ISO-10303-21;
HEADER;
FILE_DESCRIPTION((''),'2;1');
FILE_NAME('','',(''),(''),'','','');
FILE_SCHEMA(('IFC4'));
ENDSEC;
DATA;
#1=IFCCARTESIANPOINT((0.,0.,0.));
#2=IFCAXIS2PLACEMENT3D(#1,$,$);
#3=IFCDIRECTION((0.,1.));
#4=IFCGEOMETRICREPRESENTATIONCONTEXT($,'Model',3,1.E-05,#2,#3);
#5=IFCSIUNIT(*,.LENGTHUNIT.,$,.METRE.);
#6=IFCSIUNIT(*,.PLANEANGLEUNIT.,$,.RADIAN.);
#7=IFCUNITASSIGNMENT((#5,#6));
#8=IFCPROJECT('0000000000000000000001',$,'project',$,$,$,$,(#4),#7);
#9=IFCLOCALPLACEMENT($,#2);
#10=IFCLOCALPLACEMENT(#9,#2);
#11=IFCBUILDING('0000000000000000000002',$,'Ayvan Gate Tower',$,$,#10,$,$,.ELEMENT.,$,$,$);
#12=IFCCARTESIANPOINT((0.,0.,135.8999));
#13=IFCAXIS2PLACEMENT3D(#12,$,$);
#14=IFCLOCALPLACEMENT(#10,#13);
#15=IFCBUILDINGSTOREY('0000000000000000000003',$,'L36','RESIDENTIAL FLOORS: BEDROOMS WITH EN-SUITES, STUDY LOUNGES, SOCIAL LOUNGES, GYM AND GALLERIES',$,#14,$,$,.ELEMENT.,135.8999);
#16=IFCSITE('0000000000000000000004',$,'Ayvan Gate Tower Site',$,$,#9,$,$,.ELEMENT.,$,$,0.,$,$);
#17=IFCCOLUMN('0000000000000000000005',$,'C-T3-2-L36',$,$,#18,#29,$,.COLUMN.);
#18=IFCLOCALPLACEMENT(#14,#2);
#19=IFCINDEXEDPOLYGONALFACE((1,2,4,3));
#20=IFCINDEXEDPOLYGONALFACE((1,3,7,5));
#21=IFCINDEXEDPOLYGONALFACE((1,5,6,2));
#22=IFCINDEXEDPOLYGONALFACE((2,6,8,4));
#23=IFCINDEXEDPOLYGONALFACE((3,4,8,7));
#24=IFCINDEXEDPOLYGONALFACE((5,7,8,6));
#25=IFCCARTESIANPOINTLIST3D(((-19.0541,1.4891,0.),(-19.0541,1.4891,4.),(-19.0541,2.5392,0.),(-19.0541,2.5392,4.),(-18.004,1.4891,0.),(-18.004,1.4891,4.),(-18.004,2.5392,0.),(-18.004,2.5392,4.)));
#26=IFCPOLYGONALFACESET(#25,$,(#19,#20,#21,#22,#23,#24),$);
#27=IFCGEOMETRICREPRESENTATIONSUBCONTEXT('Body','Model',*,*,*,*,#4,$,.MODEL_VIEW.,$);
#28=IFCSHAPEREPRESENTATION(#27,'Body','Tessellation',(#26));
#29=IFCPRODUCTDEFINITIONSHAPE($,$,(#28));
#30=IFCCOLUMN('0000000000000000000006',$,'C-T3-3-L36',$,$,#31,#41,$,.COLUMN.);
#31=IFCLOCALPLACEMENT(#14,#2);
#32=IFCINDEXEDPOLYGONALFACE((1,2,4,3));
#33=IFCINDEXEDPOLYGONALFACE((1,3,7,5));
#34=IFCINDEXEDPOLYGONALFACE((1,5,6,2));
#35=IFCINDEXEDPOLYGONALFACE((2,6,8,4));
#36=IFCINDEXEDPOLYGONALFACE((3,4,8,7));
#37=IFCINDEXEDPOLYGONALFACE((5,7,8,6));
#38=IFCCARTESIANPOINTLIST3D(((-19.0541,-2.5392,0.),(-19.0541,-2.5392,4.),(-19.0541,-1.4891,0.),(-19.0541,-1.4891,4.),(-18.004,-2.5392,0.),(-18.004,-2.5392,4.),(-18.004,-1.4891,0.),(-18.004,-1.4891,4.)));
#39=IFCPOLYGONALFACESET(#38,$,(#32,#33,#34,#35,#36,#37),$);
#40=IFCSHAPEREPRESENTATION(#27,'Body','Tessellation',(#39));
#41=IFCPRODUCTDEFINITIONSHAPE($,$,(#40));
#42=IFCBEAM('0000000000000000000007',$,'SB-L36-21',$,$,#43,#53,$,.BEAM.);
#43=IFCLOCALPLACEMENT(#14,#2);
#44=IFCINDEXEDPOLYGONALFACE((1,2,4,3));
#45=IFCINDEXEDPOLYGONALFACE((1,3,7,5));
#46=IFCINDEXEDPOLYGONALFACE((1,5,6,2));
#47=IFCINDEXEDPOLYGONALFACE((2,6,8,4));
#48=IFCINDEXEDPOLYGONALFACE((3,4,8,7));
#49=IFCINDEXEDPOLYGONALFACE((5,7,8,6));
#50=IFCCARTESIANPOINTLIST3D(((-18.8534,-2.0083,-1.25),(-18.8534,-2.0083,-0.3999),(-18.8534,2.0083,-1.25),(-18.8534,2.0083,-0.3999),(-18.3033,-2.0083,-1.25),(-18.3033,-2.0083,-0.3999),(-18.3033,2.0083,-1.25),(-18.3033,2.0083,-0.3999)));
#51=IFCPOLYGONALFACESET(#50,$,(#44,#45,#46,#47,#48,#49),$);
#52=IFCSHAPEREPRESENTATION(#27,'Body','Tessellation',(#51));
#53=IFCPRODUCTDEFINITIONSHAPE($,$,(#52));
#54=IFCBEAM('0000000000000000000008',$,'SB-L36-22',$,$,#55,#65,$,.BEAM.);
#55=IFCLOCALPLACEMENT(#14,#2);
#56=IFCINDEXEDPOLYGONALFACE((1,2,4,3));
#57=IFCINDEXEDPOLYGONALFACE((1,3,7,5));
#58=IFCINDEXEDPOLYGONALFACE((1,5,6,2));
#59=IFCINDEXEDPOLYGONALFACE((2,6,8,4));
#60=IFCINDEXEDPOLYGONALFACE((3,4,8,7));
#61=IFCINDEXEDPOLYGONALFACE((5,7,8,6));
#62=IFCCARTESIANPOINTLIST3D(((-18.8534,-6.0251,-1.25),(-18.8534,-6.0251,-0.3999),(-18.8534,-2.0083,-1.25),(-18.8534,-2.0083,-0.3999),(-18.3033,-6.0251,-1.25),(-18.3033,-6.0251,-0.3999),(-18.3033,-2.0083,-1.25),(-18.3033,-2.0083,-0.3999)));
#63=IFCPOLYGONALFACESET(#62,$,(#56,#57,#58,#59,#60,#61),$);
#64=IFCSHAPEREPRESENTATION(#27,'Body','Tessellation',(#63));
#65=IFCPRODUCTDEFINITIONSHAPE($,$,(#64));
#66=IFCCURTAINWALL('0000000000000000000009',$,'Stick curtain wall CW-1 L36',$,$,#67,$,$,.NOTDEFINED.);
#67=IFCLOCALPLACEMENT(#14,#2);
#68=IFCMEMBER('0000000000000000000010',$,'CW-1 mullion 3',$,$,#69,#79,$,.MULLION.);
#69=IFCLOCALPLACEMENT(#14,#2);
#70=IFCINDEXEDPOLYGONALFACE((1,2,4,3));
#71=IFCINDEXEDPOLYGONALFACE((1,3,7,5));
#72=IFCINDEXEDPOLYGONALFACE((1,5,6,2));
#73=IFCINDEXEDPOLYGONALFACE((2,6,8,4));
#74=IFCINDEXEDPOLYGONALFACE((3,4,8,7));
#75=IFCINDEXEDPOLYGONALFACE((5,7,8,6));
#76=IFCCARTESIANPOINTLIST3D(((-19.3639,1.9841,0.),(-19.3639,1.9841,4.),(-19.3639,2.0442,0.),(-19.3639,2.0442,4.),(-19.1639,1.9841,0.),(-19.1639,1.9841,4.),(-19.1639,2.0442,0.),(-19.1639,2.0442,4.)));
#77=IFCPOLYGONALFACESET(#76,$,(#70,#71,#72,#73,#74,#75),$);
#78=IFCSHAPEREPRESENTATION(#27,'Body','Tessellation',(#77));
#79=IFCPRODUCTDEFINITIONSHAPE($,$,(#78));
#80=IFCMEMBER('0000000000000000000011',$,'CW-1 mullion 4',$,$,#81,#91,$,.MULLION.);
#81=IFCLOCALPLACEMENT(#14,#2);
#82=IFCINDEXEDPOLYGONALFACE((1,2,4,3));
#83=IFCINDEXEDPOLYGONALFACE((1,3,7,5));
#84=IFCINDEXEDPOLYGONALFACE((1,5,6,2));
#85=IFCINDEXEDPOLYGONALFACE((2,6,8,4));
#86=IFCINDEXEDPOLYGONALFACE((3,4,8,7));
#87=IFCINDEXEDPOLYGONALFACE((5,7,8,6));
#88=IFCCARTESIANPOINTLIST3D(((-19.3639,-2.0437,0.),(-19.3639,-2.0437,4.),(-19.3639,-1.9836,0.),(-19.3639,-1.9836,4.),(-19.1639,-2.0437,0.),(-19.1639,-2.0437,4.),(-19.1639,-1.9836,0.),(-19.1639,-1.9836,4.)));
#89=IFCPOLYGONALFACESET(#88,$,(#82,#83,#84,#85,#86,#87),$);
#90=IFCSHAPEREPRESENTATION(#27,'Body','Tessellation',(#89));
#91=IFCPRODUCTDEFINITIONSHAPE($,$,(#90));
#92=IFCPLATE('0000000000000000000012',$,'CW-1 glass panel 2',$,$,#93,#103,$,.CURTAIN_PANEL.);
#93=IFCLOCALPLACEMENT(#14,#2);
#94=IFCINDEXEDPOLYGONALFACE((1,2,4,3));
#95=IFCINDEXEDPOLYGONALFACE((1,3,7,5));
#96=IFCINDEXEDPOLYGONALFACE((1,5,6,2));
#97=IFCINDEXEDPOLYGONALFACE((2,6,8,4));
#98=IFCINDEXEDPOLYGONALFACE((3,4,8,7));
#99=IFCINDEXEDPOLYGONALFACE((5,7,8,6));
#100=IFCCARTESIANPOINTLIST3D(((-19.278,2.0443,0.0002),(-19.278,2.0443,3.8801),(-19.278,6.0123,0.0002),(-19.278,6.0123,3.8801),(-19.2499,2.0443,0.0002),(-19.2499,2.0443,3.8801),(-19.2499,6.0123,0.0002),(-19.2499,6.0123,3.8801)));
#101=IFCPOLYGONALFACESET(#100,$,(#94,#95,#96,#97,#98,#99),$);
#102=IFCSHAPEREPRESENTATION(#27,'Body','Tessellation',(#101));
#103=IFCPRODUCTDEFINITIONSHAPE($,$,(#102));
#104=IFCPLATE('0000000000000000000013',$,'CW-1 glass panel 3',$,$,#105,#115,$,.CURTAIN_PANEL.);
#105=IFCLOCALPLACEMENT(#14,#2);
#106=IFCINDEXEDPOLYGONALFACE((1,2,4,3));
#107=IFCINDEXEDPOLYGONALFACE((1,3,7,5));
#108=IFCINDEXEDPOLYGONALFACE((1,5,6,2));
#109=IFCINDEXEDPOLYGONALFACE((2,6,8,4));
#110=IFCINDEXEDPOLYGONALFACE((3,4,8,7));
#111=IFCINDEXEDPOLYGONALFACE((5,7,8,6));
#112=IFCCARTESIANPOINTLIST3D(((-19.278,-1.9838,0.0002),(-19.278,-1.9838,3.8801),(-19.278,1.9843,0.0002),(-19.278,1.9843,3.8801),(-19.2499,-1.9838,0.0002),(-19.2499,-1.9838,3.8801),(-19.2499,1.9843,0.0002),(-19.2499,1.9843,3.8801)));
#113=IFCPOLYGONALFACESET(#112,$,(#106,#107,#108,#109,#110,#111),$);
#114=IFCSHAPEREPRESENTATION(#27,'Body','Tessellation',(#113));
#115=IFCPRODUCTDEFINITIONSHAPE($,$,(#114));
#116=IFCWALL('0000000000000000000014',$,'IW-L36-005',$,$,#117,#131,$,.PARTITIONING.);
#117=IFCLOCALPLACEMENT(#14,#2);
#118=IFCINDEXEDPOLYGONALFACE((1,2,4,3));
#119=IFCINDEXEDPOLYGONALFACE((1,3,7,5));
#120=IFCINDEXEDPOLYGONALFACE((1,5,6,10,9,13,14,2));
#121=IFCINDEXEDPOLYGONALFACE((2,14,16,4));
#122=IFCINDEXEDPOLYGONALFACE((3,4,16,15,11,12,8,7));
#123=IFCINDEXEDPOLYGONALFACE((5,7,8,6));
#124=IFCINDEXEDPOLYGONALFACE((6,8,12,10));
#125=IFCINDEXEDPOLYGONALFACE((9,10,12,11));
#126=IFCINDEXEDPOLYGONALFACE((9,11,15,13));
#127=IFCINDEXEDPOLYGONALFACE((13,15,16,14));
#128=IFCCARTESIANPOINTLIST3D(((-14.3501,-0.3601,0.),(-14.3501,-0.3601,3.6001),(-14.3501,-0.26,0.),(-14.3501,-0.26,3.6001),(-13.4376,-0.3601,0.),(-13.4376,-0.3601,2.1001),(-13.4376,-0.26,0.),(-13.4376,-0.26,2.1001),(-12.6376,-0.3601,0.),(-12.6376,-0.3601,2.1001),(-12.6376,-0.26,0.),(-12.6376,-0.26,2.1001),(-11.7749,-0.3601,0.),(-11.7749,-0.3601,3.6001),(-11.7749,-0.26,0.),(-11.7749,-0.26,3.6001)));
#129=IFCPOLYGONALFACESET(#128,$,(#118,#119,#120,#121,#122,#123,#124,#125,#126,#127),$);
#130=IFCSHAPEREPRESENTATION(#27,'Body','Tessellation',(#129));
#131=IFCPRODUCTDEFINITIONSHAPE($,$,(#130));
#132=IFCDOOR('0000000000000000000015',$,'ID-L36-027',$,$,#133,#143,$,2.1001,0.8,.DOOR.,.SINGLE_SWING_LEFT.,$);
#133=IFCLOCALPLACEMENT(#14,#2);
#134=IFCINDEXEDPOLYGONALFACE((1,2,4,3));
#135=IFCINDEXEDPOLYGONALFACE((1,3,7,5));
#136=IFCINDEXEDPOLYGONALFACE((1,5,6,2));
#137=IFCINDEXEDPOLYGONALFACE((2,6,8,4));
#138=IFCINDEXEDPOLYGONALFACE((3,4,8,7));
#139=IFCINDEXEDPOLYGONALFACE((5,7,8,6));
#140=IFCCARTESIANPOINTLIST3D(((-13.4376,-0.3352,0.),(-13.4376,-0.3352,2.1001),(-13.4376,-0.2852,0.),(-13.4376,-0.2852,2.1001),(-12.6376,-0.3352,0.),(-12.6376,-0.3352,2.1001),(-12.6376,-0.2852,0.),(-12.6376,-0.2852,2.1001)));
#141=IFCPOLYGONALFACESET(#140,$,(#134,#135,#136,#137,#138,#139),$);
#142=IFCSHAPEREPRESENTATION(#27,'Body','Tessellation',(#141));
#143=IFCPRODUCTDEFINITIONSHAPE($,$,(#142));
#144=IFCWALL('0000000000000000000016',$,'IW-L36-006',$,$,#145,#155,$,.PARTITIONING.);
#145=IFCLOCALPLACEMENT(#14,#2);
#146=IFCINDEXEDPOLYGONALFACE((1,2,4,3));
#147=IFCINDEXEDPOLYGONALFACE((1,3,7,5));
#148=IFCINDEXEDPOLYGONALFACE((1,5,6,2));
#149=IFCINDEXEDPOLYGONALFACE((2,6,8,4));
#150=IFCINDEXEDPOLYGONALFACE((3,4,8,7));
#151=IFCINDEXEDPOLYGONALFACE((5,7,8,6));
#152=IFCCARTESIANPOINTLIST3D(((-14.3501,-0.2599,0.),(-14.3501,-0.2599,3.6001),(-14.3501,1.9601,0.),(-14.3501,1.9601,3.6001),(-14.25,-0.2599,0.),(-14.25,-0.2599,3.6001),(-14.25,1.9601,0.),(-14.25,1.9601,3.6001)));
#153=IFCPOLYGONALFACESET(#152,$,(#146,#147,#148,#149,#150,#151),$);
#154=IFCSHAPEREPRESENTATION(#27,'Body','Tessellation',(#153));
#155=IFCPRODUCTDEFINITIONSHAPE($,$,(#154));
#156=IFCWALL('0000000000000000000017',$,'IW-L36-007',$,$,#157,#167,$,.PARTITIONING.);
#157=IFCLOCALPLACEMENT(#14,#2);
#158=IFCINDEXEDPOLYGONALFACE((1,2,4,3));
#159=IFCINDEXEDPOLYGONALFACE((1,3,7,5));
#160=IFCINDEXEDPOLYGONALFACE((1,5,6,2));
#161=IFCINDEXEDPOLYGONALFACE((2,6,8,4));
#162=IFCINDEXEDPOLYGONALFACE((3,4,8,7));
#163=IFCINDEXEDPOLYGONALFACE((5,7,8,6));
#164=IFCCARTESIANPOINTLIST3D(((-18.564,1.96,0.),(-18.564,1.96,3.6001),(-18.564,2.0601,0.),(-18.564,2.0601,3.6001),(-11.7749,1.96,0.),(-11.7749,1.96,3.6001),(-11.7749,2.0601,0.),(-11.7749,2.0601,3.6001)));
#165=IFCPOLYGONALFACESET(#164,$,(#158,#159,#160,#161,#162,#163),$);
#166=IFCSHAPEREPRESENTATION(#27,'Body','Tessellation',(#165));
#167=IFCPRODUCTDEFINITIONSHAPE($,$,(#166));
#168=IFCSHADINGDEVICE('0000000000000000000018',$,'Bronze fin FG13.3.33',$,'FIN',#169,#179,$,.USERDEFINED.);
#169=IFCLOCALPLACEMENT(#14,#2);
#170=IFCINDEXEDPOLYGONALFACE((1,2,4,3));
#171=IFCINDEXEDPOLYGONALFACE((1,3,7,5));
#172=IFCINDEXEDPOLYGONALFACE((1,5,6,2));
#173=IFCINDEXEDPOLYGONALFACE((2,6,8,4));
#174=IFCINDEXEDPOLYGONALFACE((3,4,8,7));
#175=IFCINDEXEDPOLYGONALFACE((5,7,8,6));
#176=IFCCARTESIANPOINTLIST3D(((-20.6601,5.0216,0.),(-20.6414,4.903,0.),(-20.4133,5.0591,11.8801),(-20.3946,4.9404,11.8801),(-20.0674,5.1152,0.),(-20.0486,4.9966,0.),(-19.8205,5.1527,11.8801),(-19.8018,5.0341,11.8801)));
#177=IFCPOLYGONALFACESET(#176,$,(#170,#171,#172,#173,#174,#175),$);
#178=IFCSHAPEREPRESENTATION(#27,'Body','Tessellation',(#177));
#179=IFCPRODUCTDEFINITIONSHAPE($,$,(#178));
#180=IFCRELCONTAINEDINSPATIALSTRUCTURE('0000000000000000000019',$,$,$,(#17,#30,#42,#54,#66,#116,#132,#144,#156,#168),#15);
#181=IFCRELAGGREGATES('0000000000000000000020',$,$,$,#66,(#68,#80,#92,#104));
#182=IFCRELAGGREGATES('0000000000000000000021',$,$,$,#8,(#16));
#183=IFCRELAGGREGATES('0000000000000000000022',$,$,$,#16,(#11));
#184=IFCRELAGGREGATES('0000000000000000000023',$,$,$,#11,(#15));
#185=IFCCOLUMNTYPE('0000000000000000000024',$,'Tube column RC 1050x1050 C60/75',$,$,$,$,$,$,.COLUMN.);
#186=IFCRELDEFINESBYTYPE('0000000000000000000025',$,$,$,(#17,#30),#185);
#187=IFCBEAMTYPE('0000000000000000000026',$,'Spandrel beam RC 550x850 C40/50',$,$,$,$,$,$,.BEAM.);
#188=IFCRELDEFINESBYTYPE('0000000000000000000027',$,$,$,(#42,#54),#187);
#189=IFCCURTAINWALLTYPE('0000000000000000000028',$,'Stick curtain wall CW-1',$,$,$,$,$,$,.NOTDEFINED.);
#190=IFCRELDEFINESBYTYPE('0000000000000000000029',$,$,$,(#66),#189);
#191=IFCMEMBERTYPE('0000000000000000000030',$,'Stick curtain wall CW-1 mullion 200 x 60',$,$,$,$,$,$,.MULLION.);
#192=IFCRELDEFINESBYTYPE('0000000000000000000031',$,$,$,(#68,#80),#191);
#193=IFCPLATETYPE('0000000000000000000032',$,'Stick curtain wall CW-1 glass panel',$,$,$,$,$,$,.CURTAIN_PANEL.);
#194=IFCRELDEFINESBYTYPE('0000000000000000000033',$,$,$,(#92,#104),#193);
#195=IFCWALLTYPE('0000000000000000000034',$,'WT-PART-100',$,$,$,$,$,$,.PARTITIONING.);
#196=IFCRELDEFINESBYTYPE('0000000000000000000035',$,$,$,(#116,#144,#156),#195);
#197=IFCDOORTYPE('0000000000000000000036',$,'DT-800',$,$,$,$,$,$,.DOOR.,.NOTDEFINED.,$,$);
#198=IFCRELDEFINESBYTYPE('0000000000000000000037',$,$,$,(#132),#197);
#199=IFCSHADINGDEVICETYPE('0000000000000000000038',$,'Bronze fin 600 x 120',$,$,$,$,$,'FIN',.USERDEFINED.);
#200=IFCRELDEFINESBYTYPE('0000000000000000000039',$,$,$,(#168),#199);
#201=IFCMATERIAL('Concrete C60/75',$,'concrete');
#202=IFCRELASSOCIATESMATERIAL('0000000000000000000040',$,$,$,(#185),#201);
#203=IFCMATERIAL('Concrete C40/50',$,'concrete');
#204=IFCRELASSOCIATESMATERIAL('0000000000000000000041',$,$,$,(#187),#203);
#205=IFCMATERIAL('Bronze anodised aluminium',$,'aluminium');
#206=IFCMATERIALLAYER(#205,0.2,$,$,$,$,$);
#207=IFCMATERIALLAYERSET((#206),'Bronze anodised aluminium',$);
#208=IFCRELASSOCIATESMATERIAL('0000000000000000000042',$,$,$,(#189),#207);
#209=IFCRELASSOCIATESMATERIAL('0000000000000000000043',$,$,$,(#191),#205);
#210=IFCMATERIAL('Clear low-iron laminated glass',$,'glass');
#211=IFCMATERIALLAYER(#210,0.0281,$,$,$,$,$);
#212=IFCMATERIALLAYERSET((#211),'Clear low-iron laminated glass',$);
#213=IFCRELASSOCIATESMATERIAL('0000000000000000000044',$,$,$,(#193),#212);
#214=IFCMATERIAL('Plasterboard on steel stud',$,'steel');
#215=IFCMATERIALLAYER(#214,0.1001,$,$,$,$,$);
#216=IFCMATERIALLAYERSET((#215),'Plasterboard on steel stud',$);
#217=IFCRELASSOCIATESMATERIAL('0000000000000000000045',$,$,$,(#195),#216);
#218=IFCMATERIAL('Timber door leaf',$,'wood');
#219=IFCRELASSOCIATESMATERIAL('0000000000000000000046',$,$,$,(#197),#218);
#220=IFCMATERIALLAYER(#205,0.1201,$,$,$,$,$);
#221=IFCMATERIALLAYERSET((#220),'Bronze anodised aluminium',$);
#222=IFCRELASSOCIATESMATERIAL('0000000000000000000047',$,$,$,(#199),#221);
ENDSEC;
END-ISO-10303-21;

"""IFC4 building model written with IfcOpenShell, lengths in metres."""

from ifc_helpers import new_model, si_unit, direction, frame, frame_2d, origin, origin_2d, place, context, subcontext, project, spatial, polyline, rectangle, outline, extrude, material, layer, layer_set, material_profile, profile_set, type_object, element, fill, aggregate, save


model = new_model("IFC4")

# Units and contexts
model_context = context("Model", 3, precision=1e-05, world=origin(), true_north=direction((0.0, 1.0)))
body_context = subcontext(model_context, "Body", "Model", "MODEL_VIEW")
ifc_project = project(units=[si_unit("LENGTHUNIT", "METRE"), si_unit("PLANEANGLEUNIT", "RADIAN")], contexts=[model_context])

# Site, building, storey
site_placement = place(None, origin())
site = spatial("IfcSite", under=ifc_project, at=site_placement, Name="Ayvan Gate Tower Site", CompositionType="ELEMENT", RefElevation=0.0)
building_placement = place(site_placement, origin())
building = spatial("IfcBuilding", under=site, at=building_placement, Name="Ayvan Gate Tower", CompositionType="ELEMENT")
storey_placement = place(building_placement, frame((0.0, 0.0, 135.8999)))
storey = spatial("IfcBuildingStorey", under=building, at=storey_placement, Name="L36", Description="RESIDENTIAL FLOORS: BEDROOMS WITH EN-SUITES, STUDY LOUNGES, SOCIAL LOUNGES, GYM AND GALLERIES", CompositionType="ELEMENT", Elevation=135.8999)

# Columns
ifc_material_1 = material(Name="Concrete C60/75", Category="concrete")
ifc_material_profile_1 = material_profile(ifc_material_1, rectangle(XDim=1.05, YDim=1.05, at=origin_2d()), Name="RC 1050x1050")
ifc_profile_set_1 = profile_set([ifc_material_profile_1], Name="Concrete C60/75")
column_type = type_object("IfcColumnType", Name="Tube column RC 1050x1050 C60/75", PredefinedType="COLUMN", material=ifc_profile_set_1)
for number, where, z_axis, x_axis, name in (
    (1, (-18.5291, 2.0142, 0.0), (0.0, 0.0, 1.0), (-1.0, 0.0, 0.0), "C-T3-2-L36"),
    (2, (-18.5291, -2.0142, 0.0), (0.0, 0.0, 1.0), (-1.0, 0.0, 0.0), "C-T3-3-L36"),
):
    element("IfcColumn", number, at=place(storey_placement, frame(where, z_axis=z_axis, x_axis=x_axis)), inside=storey, type_object=column_type, Name=name, PredefinedType="COLUMN", context=body_context, shape_type="SweptSolid", body=[
        extrude(rectangle(XDim=1.05, YDim=1.05, at=origin_2d()), origin(), (0.0, 0.0, 1.0), 4.0),
    ])

# Beams
ifc_material_2 = material(Name="Concrete C40/50", Category="concrete")
ifc_material_profile_2 = material_profile(ifc_material_2, rectangle(XDim=0.55, YDim=0.8501, at=origin_2d()), Name="RC 550x850")
ifc_profile_set_2 = profile_set([ifc_material_profile_2], Name="Concrete C40/50")
beam_type = type_object("IfcBeamType", Name="Spandrel beam RC 550x850 C40/50", PredefinedType="BEAM", material=ifc_profile_set_2)
beam_1_placement = place(storey_placement, frame((-18.5784, 2.0083, -0.825), z_axis=(0.0, -1.0, 0.0), x_axis=(1.0, 0.0, 0.0)))
element("IfcBeam", 3, at=beam_1_placement, inside=storey, type_object=beam_type, Name="SB-L36-21", PredefinedType="BEAM", context=body_context, shape_type="SweptSolid", body=[
    extrude(rectangle(XDim=0.55, YDim=0.8501, at=origin_2d()), origin(), (0.0, 0.0, 1.0), 4.0166),
])
beam_2_placement = place(storey_placement, frame((-18.5784, -2.0083, -0.825), z_axis=(0.0, -1.0, 0.0), x_axis=(1.0, 0.0, 0.0)))
element("IfcBeam", 4, at=beam_2_placement, inside=storey, type_object=beam_type, Name="SB-L36-22", PredefinedType="BEAM", context=body_context, shape_type="SweptSolid", body=[
    extrude(rectangle(XDim=0.55, YDim=0.8501, at=origin_2d()), origin(), (0.0, 0.0, 1.0), 4.0168),
])

# Curtain wall, members, plates
ifc_material_3 = material(Name="Bronze anodised aluminium", Category="aluminium")
ifc_layer_1 = layer(ifc_material_3, 0.2)
ifc_layer_set_1 = layer_set([ifc_layer_1], Name="Bronze anodised aluminium")
curtain_wall_type = type_object("IfcCurtainWallType", Name="Stick curtain wall CW-1", PredefinedType="NOTDEFINED", material=ifc_layer_set_1)
curtain_wall_placement = place(storey_placement, origin())
curtain_wall = element("IfcCurtainWall", 5, at=curtain_wall_placement, inside=storey, type_object=curtain_wall_type, Name="Stick curtain wall CW-1 L36", PredefinedType="NOTDEFINED")
ifc_material_profile_3 = material_profile(ifc_material_3, rectangle(XDim=0.2, YDim=0.0601, at=origin_2d()), Name="Stick curtain wall CW-1 mullion 200 x 60")
ifc_profile_set_3 = profile_set([ifc_material_profile_3], Name="Bronze anodised aluminium")
member_type = type_object("IfcMemberType", Name="Stick curtain wall CW-1 mullion 200 x 60", PredefinedType="MULLION", material=ifc_profile_set_3)
member_1_placement = place(storey_placement, frame((-19.2639, 2.0142, 0.0), z_axis=(0.0, 0.0, 1.0), x_axis=(-1.0, 0.0, 0.0)))
member_1 = element("IfcMember", 6, at=member_1_placement, type_object=member_type, Name="CW-1 mullion 3", PredefinedType="MULLION", context=body_context, shape_type="SweptSolid", body=[
    extrude(rectangle(XDim=0.2, YDim=0.0601, at=origin_2d()), origin(), (0.0, 0.0, 1.0), 4.0),
])
member_2_placement = place(storey_placement, frame((-19.2639, -2.0137, 0.0), z_axis=(0.0, 0.0, 1.0), x_axis=(-1.0, 0.0, 0.0)))
member_2 = element("IfcMember", 7, at=member_2_placement, type_object=member_type, Name="CW-1 mullion 4", PredefinedType="MULLION", context=body_context, shape_type="SweptSolid", body=[
    extrude(rectangle(XDim=0.2, YDim=0.0601, at=origin_2d()), origin(), (0.0, 0.0, 1.0), 4.0),
])
ifc_material_4 = material(Name="Clear low-iron laminated glass", Category="glass")
ifc_layer_2 = layer(ifc_material_4, 0.0281)
ifc_layer_set_2 = layer_set([ifc_layer_2], Name="Clear low-iron laminated glass")
plate_type = type_object("IfcPlateType", Name="Stick curtain wall CW-1 glass panel", PredefinedType="CURTAIN_PANEL", material=ifc_layer_set_2)
plate_1_placement = place(storey_placement, frame((-19.2639, 4.0283, 0.0002), z_axis=(0.0, 0.0, 1.0), x_axis=(0.0, -1.0, 0.0)))
plate_1 = element("IfcPlate", 8, at=plate_1_placement, type_object=plate_type, Name="CW-1 glass panel 2", PredefinedType="CURTAIN_PANEL", context=body_context, shape_type="SweptSolid", body=[
    extrude(rectangle(XDim=3.968, YDim=0.0281, at=origin_2d()), origin(), (0.0, 0.0, 1.0), 3.8799),
])
plate_2_placement = place(storey_placement, frame((-19.2639, 0.0002, 0.0002), z_axis=(0.0, 0.0, 1.0), x_axis=(0.0, -1.0, 0.0)))
plate_2 = element("IfcPlate", 9, at=plate_2_placement, type_object=plate_type, Name="CW-1 glass panel 3", PredefinedType="CURTAIN_PANEL", context=body_context, shape_type="SweptSolid", body=[
    extrude(rectangle(XDim=3.968, YDim=0.0281, at=origin_2d()), origin(), (0.0, 0.0, 1.0), 3.8799),
])
aggregate(curtain_wall, [member_1, member_2, plate_1, plate_2])

# Wall, opening, door
ifc_material_5 = material(Name="Plasterboard on steel stud", Category="steel")
ifc_layer_3 = layer(ifc_material_5, 0.1001)
ifc_layer_set_3 = layer_set([ifc_layer_3], Name="Plasterboard on steel stud")
wall_type = type_object("IfcWallType", Name="WT-PART-100", PredefinedType="PARTITIONING", material=ifc_layer_set_3)
wall_1_placement = place(storey_placement, frame((-14.3501, -0.3101, 0.0), z_axis=(0.0, 0.0, 1.0), x_axis=(1.0, 0.0, 0.0)))
wall_1 = element("IfcWall", 10, at=wall_1_placement, inside=storey, type_object=wall_type, Name="IW-L36-005", PredefinedType="PARTITIONING", context=body_context, shape_type="SweptSolid", body=[
    extrude(rectangle(XDim=2.5752, YDim=0.1001, at=frame_2d((1.2876, 0.0))), origin(), (0.0, 0.0, 1.0), 3.6001),
])
opening_placement = place(wall_1_placement, frame((0.9126, 0.0, 0.0)))
opening = element("IfcOpeningElement", 11, at=opening_placement, cuts=wall_1, PredefinedType="OPENING", context=body_context, shape_type="SweptSolid", body=[
    extrude(rectangle(XDim=0.8, YDim=2.1001, at=frame_2d((0.3999, 1.05))), frame((0.0, 0.0601, 0.0), z_axis=(0.0, -1.0, 0.0), x_axis=(1.0, 0.0, 0.0)), (0.0, 0.0, 1.0), 0.1201),
])
ifc_material_6 = material(Name="Timber door leaf", Category="wood")
door_type = type_object("IfcDoorType", Name="DT-800", OperationType="NOTDEFINED", PredefinedType="DOOR", material=ifc_material_6)
door_placement = place(opening_placement, origin())
door = element("IfcDoor", 12, at=door_placement, inside=storey, type_object=door_type, Name="ID-L36-027", OperationType="SINGLE_SWING_LEFT", OverallHeight=2.1001, OverallWidth=0.8, PredefinedType="DOOR", context=body_context, shape_type="SweptSolid", body=[
    extrude(rectangle(XDim=0.8, YDim=2.1001, at=frame_2d((0.3999, 1.05))), frame((0.0, 0.0249, 0.0), z_axis=(0.0, -1.0, 0.0), x_axis=(1.0, 0.0, 0.0)), (0.0, 0.0, 1.0), 0.05),
])
fill(opening, door)

# Walls
wall_2_placement = place(storey_placement, frame((-14.3, 1.96, 0.0), z_axis=(0.0, 0.0, 1.0), x_axis=(0.0, -1.0, 0.0)))
element("IfcWall", 13, at=wall_2_placement, inside=storey, type_object=wall_type, Name="IW-L36-006", PredefinedType="PARTITIONING", context=body_context, shape_type="SweptSolid", body=[
    extrude(rectangle(XDim=2.22, YDim=0.1001, at=frame_2d((1.1099, 0.0))), origin(), (0.0, 0.0, 1.0), 3.6001),
])
wall_3_placement = place(storey_placement, frame((-18.564, 2.01, 0.0), z_axis=(0.0, 0.0, 1.0), x_axis=(1.0, 0.0, 0.0)))
element("IfcWall", 14, at=wall_3_placement, inside=storey, type_object=wall_type, Name="IW-L36-007", PredefinedType="PARTITIONING", context=body_context, shape_type="SweptSolid", body=[
    extrude(rectangle(XDim=6.7891, YDim=0.1001, at=frame_2d((3.3945, 0.0))), origin(), (0.0, 0.0, 1.0), 3.6001),
])

# Shading device
ifc_layer_4 = layer(ifc_material_3, 0.1201)
ifc_layer_set_4 = layer_set([ifc_layer_4], Name="Bronze anodised aluminium")
shading_device_type = type_object("IfcShadingDeviceType", Name="Bronze fin 600 x 120", ElementType="FIN", PredefinedType="USERDEFINED", material=ifc_layer_set_4)
shading_device_1_placement = place(storey_placement, frame((-20.0674, 5.1152, 0.0), z_axis=(-0.156015, 0.987755, 0.000126), x_axis=(-0.987755, -0.156015, 0.0)))
element("IfcShadingDevice", 15, at=shading_device_1_placement, inside=storey, type_object=shading_device_type, Name="Bronze fin FG13.3.33", ObjectType="FIN", PredefinedType="USERDEFINED", context=body_context, shape_type="SweptSolid", body=[
    extrude(outline(polyline([(0.0, 0.0), (0.6001, 0.0), (0.3505, 11.8801), (-0.2497, 11.8801), (0.0, 0.0)])), origin(), (0.0, 0.0, -1.0), 0.1201),
])

save(model, "model.ifc")
